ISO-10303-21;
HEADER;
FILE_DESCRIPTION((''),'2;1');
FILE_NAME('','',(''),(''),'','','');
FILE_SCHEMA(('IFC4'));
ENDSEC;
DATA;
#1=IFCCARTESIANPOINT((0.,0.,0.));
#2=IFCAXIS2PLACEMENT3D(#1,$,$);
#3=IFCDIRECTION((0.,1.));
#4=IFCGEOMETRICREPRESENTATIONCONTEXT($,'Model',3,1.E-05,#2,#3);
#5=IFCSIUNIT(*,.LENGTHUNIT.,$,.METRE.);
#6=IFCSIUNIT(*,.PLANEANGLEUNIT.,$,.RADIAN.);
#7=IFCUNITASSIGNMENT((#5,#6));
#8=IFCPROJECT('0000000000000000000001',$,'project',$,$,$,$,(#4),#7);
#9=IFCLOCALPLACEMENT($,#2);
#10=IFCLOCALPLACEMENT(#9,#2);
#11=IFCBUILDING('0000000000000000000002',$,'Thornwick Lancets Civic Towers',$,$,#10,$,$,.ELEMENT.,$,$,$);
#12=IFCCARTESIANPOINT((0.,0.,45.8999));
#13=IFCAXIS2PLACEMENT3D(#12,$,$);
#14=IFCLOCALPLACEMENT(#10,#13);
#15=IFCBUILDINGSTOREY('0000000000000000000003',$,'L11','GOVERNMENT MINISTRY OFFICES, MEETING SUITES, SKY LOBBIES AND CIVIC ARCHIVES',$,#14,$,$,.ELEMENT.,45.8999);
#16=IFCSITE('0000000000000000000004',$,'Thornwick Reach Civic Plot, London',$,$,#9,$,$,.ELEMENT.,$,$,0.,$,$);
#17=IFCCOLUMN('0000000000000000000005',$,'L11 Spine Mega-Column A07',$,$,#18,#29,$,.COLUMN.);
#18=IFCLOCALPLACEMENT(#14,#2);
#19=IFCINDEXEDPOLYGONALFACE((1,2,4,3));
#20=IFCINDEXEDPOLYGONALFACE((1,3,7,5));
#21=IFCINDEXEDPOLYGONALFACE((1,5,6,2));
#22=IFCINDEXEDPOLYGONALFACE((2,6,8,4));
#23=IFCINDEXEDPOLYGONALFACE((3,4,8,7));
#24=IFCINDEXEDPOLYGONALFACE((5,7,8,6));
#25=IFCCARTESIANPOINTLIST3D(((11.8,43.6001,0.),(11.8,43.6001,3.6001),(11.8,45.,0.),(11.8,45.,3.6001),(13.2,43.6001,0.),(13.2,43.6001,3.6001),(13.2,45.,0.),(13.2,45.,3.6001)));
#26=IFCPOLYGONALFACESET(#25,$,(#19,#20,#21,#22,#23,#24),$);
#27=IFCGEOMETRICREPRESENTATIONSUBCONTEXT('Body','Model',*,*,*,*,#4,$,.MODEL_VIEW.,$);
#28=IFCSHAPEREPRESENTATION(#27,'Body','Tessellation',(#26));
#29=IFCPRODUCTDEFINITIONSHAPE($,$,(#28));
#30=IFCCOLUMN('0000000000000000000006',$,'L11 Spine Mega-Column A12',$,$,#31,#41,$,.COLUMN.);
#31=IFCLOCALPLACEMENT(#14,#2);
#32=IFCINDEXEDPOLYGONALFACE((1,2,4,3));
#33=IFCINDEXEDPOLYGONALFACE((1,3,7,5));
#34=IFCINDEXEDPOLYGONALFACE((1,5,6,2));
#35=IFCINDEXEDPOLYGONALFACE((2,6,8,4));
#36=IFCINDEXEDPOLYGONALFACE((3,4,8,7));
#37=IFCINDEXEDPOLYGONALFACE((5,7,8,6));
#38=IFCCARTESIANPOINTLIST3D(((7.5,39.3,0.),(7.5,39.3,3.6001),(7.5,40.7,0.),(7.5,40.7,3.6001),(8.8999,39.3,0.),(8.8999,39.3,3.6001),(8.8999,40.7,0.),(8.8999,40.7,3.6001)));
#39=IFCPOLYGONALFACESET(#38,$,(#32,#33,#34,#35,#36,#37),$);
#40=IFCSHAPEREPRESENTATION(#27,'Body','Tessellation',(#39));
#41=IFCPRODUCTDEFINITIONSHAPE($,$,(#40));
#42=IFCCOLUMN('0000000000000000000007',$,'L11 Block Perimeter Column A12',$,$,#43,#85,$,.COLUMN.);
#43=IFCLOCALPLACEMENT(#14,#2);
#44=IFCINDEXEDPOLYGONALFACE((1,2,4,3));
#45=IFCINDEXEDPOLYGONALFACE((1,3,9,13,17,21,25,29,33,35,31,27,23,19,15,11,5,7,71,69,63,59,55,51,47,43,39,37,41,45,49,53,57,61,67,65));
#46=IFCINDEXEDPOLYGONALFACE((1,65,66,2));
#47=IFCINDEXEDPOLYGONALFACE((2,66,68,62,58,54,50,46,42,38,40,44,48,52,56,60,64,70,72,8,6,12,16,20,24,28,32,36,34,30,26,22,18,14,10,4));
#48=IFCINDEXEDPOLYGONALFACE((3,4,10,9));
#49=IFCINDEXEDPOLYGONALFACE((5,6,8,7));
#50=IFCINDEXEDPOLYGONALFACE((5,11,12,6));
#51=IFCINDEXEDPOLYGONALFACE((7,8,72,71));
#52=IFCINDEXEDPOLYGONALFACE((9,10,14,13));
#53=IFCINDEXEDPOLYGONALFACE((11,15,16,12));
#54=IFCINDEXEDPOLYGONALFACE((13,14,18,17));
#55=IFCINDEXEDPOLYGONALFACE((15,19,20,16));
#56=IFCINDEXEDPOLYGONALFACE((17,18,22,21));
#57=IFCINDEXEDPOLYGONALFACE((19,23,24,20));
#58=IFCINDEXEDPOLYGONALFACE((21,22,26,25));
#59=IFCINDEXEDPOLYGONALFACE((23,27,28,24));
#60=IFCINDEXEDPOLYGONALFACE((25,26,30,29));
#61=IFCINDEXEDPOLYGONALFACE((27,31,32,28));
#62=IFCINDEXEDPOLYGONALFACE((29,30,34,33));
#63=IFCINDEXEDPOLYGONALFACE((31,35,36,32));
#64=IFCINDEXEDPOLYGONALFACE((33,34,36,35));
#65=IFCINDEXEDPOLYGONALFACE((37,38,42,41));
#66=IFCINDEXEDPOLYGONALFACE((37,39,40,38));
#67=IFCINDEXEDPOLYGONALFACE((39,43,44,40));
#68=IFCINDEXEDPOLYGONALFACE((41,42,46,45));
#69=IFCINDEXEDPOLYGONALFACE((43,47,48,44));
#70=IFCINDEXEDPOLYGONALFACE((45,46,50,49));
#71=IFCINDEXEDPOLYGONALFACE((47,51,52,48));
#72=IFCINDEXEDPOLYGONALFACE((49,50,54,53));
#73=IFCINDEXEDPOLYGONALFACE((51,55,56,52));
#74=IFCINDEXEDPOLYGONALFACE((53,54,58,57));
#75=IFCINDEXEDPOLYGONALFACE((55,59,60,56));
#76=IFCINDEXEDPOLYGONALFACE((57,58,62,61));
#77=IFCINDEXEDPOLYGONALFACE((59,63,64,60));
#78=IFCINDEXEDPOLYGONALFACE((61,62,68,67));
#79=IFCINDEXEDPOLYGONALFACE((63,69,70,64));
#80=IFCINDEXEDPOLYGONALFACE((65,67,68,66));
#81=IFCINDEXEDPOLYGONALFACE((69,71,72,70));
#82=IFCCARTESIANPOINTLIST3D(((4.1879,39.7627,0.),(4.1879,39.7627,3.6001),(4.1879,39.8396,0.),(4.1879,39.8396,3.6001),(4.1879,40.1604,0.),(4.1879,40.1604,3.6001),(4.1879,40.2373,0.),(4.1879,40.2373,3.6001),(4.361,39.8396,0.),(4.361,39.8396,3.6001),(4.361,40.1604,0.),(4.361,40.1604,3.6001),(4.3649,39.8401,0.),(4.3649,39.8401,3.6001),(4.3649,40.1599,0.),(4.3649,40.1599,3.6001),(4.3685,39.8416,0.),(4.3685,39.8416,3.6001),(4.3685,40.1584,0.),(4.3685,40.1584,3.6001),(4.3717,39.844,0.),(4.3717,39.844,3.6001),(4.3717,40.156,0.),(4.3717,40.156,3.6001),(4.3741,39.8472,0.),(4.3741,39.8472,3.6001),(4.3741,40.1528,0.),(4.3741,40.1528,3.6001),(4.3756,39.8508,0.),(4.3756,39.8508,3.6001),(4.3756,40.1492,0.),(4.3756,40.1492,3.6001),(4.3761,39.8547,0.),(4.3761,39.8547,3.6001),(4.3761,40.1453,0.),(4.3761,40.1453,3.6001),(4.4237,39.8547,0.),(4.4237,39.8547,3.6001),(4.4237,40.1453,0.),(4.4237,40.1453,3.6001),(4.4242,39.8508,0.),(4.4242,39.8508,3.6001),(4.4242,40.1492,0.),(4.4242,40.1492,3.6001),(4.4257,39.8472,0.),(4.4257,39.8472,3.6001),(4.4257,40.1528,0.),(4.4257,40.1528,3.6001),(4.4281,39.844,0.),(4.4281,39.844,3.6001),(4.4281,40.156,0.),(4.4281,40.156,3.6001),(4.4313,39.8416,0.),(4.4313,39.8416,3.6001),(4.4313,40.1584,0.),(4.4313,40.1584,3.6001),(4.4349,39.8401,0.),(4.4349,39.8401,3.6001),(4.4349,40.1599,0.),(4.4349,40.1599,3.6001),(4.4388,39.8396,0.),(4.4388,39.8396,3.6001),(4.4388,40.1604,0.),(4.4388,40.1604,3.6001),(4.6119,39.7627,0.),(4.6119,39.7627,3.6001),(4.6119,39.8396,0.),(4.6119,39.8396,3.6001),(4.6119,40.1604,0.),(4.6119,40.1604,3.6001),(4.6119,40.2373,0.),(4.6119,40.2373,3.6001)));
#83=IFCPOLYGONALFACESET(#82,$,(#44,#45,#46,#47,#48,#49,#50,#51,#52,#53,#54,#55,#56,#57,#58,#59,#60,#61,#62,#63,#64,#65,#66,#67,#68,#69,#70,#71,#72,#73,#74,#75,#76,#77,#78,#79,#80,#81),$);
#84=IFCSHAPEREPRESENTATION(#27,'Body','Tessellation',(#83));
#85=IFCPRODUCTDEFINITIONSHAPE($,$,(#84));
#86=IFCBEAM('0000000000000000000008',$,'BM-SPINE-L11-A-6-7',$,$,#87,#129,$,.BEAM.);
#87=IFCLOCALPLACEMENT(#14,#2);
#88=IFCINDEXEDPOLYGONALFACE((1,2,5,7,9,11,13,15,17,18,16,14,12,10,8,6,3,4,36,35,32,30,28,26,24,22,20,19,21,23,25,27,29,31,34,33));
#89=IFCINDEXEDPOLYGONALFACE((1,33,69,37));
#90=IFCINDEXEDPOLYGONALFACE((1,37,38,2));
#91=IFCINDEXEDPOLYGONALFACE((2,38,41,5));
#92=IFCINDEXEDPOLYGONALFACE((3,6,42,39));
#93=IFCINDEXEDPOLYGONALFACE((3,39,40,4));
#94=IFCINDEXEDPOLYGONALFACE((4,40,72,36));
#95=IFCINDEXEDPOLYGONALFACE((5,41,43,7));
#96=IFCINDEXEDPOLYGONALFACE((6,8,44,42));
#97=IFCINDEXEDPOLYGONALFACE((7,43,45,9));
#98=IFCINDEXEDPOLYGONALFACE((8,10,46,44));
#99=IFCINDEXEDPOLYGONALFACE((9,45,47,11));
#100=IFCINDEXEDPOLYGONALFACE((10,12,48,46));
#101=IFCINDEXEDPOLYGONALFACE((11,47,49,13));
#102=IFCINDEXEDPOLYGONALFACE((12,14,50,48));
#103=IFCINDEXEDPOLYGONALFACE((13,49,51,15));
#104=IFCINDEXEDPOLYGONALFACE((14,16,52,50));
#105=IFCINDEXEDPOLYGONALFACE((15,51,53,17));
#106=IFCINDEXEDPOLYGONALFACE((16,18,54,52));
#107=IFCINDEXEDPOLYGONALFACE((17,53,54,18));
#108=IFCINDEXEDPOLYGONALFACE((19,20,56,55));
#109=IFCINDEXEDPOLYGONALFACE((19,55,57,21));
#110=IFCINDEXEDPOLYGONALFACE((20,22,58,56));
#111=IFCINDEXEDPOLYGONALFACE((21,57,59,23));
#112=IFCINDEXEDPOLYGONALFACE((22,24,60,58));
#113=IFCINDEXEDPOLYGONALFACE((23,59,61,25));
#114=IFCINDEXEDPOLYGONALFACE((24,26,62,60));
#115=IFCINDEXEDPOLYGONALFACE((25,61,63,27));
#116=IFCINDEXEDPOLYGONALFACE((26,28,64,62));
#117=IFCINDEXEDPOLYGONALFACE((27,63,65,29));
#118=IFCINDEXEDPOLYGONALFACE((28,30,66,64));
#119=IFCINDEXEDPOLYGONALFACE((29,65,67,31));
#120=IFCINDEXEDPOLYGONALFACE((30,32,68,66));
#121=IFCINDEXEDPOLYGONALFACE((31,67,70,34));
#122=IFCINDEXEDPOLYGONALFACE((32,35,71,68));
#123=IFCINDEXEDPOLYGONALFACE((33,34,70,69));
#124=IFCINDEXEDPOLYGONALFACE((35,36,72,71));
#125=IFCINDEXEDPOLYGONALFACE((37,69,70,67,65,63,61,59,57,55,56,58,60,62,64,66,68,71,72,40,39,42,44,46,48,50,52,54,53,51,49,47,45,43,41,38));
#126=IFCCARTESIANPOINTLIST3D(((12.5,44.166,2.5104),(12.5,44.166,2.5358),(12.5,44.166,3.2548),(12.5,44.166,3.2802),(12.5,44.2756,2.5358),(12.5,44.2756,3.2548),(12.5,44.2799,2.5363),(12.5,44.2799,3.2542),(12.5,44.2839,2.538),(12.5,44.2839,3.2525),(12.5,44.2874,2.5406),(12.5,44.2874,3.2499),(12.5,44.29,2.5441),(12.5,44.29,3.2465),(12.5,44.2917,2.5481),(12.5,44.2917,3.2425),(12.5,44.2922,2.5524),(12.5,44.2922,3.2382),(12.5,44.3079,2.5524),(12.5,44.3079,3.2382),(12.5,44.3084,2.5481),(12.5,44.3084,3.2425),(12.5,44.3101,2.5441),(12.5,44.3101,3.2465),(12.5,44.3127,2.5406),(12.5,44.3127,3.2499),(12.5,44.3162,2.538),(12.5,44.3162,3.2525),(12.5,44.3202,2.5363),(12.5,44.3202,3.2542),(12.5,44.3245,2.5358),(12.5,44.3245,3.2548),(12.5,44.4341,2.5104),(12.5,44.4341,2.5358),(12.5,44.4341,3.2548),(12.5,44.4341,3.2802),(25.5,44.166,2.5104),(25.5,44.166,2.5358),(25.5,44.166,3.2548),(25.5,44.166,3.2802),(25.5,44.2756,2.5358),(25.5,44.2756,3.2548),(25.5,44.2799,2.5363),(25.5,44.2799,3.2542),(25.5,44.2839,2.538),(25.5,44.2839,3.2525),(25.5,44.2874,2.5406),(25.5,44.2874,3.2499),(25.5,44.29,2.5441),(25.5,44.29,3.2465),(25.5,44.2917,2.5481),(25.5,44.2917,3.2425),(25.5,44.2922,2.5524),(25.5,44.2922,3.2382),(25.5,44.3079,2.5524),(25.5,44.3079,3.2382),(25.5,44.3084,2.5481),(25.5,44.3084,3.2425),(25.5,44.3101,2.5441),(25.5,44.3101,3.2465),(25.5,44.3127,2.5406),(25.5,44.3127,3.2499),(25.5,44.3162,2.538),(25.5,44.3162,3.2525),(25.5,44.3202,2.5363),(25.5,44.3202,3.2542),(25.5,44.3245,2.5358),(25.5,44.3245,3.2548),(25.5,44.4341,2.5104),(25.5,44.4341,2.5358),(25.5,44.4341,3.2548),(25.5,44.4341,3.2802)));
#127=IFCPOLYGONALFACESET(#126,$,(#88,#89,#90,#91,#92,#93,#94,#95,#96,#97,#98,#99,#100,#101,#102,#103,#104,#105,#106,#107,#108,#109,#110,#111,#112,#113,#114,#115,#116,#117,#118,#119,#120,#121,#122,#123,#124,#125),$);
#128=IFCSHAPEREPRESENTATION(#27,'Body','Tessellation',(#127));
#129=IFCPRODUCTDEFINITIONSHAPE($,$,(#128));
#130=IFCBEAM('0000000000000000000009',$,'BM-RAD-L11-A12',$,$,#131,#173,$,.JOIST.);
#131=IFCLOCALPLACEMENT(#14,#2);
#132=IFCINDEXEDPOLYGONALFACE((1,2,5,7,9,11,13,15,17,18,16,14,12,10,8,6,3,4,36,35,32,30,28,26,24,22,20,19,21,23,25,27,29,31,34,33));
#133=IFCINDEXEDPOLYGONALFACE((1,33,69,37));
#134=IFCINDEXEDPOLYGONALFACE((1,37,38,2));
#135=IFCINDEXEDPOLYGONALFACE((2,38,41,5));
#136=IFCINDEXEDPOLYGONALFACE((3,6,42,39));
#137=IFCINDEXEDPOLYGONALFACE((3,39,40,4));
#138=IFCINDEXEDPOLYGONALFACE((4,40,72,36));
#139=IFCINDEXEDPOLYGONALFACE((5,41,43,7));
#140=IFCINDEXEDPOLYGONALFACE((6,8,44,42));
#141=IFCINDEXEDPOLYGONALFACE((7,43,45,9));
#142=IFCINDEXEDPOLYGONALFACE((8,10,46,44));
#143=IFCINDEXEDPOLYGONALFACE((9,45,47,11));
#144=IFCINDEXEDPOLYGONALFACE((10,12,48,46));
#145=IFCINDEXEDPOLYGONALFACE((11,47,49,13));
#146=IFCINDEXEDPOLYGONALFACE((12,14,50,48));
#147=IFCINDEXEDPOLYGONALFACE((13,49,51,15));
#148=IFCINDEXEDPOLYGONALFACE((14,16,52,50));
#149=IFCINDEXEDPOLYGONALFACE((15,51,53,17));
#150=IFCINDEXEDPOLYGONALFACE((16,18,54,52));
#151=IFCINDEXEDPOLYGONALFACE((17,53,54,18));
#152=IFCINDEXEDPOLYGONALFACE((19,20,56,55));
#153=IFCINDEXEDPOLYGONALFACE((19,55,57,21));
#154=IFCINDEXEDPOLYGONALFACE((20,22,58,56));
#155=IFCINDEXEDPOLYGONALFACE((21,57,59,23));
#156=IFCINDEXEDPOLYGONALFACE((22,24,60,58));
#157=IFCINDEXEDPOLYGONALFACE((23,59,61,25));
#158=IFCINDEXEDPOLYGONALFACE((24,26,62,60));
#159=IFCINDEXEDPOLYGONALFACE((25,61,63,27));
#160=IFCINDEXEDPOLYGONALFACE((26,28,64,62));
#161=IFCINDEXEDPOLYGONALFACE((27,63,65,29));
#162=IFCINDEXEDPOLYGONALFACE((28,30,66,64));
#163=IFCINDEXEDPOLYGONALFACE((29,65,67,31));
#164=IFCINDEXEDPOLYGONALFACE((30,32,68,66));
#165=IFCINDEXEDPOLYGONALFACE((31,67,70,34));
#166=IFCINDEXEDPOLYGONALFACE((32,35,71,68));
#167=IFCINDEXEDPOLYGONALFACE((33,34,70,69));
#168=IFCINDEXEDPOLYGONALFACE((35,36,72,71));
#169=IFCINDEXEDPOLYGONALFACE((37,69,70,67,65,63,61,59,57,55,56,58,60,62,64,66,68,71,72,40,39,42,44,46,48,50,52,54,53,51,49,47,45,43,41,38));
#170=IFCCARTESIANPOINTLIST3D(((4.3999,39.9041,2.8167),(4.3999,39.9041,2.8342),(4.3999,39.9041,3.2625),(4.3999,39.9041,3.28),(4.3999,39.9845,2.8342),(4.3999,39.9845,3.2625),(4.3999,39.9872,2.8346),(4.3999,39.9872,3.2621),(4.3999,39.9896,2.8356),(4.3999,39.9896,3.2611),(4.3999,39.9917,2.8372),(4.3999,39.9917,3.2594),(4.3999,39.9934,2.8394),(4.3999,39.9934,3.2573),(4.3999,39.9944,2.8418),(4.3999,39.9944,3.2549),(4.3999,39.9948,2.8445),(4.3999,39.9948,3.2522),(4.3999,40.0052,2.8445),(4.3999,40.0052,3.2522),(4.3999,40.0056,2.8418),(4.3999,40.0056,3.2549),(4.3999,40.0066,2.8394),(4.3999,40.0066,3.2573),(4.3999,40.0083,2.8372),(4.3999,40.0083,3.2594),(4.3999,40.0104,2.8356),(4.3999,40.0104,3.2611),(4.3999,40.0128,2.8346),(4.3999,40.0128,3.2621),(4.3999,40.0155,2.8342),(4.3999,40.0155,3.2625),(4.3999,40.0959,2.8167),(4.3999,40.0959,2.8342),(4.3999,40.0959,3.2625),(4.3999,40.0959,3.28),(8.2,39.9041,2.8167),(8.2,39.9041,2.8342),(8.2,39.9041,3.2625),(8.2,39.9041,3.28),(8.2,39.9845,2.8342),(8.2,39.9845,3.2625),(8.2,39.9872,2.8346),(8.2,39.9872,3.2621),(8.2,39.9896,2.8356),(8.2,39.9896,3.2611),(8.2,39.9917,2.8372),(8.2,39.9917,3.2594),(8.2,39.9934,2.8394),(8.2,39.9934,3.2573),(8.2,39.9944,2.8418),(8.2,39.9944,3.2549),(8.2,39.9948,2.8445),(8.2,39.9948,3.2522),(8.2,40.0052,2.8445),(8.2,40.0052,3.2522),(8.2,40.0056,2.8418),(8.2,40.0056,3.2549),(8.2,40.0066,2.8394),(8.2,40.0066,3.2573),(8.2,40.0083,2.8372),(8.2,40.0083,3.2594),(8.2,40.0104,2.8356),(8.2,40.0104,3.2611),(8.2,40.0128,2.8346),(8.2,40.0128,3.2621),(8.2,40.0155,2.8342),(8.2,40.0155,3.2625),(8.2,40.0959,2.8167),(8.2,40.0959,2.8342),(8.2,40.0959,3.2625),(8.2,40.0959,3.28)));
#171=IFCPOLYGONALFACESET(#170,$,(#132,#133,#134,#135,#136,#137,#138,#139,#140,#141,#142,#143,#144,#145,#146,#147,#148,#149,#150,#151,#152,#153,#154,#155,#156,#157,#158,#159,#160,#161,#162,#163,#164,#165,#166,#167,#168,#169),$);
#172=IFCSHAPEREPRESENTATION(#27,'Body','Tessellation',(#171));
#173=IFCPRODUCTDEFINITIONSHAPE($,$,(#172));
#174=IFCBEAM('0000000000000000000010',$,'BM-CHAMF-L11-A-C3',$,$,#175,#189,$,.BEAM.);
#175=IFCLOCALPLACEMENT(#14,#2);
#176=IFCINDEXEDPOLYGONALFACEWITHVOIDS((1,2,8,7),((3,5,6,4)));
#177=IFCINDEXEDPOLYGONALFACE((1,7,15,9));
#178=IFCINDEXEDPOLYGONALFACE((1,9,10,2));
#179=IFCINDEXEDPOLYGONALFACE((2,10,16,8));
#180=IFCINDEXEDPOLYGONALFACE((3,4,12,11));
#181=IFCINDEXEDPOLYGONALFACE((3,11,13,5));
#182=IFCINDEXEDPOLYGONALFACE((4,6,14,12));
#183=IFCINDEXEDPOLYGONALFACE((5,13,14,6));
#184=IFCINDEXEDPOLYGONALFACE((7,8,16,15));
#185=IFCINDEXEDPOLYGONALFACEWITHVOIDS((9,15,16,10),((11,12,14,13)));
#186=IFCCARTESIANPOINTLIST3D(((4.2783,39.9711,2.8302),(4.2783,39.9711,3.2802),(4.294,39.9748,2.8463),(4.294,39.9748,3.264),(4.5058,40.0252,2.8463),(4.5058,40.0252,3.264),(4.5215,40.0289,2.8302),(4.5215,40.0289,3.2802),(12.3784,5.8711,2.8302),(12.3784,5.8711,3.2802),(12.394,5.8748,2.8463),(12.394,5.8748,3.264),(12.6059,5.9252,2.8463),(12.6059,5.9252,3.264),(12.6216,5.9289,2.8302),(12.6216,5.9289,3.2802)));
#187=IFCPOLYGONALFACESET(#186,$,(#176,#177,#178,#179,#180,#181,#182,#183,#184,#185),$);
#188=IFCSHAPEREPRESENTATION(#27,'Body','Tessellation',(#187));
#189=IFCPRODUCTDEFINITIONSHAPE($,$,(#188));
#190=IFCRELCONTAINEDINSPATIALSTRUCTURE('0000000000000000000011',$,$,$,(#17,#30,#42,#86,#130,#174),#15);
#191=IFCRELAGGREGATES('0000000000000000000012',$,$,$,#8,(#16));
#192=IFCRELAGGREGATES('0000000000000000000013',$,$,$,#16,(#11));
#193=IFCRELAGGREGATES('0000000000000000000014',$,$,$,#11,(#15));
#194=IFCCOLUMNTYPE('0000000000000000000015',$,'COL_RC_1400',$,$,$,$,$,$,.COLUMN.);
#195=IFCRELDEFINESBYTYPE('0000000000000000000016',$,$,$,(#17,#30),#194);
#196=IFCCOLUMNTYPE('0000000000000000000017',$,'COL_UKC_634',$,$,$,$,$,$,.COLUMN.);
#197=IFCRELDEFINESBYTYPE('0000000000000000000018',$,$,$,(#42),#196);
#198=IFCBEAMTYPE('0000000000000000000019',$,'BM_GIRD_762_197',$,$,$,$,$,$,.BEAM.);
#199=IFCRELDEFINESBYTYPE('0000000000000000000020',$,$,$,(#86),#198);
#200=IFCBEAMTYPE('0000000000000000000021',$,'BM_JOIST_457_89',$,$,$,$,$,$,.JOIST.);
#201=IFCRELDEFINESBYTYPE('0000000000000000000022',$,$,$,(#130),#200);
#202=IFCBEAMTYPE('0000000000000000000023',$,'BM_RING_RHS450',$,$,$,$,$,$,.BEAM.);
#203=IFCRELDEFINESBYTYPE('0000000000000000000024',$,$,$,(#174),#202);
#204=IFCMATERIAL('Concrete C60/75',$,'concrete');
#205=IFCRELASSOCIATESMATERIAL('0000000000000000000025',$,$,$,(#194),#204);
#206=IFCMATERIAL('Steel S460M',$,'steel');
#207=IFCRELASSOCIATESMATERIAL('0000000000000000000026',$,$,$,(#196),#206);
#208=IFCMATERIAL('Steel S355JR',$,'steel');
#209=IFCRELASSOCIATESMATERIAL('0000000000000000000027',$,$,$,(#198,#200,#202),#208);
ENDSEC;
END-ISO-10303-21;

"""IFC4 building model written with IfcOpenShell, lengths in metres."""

from ifc_helpers import new_model, si_unit, direction, frame, origin, origin_2d, place, context, subcontext, project, spatial, rectangle, hollow_rectangle, i_section, extrude, material, material_profile, profile_set, type_object, element, save


model = new_model("IFC4")

# Units and contexts
model_context = context("Model", 3, precision=1e-05, world=origin(), true_north=direction((0.0, 1.0)))
body_context = subcontext(model_context, "Body", "Model", "MODEL_VIEW")
ifc_project = project(units=[si_unit("LENGTHUNIT", "METRE"), si_unit("PLANEANGLEUNIT", "RADIAN")], contexts=[model_context])

# Site, building, storey
site_placement = place(None, origin())
site = spatial("IfcSite", under=ifc_project, at=site_placement, Name="Thornwick Reach Civic Plot, London", CompositionType="ELEMENT", RefElevation=0.0)
building_placement = place(site_placement, origin())
building = spatial("IfcBuilding", under=site, at=building_placement, Name="Thornwick Lancets Civic Towers", CompositionType="ELEMENT")
storey_placement = place(building_placement, frame((0.0, 0.0, 45.8999)))
storey = spatial("IfcBuildingStorey", under=building, at=storey_placement, Name="L11", Description="GOVERNMENT MINISTRY OFFICES, MEETING SUITES, SKY LOBBIES AND CIVIC ARCHIVES", CompositionType="ELEMENT", Elevation=45.8999)

# Columns
ifc_material_1 = material(Name="Concrete C60/75", Category="concrete")
ifc_material_profile_1 = material_profile(ifc_material_1, rectangle(XDim=1.3999, YDim=1.3999, at=origin_2d()), Name="RC 1400x1400")
ifc_profile_set_1 = profile_set([ifc_material_profile_1], Name="Concrete C60/75")
column_type_1 = type_object("IfcColumnType", Name="COL_RC_1400", PredefinedType="COLUMN", material=ifc_profile_set_1)
for number, where, z_axis, x_axis, name in (
    (1, (12.5, 44.3, 0.0), (0.0, 0.0, 1.0), (1.0, 0.0, 0.0), "L11 Spine Mega-Column A07"),
    (2, (8.2, 40.0, 0.0), (0.0, 0.0, 1.0), (1.0, 0.0, 0.0), "L11 Spine Mega-Column A12"),
):
    element("IfcColumn", number, at=place(storey_placement, frame(where, z_axis=z_axis, x_axis=x_axis)), inside=storey, type_object=column_type_1, Name=name, PredefinedType="COLUMN", context=body_context, shape_type="SweptSolid", body=[
        extrude(rectangle(XDim=1.3999, YDim=1.3999, at=origin_2d()), origin(), (0.0, 0.0, 1.0), 3.6001),
    ])
ifc_material_2 = material(Name="Steel S460M", Category="steel")
ifc_material_profile_2 = material_profile(ifc_material_2, i_section(OverallWidth=0.4241, OverallDepth=0.4746, WebThickness=0.0476, FlangeThickness=0.0769, FilletRadius=0.0151, at=origin_2d()), Name="UKC 356x406x634")
ifc_profile_set_2 = profile_set([ifc_material_profile_2], Name="Steel S460M")
column_type_2 = type_object("IfcColumnType", Name="COL_UKC_634", PredefinedType="COLUMN", material=ifc_profile_set_2)
column_placement = place(storey_placement, frame((4.3999, 40.0, 0.0), z_axis=(0.0, 0.0, 1.0), x_axis=(1.0, 0.0, 0.0)))
element("IfcColumn", 3, at=column_placement, inside=storey, type_object=column_type_2, Name="L11 Block Perimeter Column A12", PredefinedType="COLUMN", context=body_context, shape_type="SweptSolid", body=[
    extrude(i_section(OverallWidth=0.4241, OverallDepth=0.4746, WebThickness=0.0476, FlangeThickness=0.0769, FilletRadius=0.0151, at=origin_2d()), origin(), (0.0, 0.0, 1.0), 3.6001),
])

# Beams
ifc_material_3 = material(Name="Steel S355JR", Category="steel")
ifc_material_profile_3 = material_profile(ifc_material_3, i_section(OverallWidth=0.2681, OverallDepth=0.7698, WebThickness=0.0156, FlangeThickness=0.0254, FilletRadius=0.0166, at=origin_2d()), Name="UKB 762x267x197")
ifc_profile_set_3 = profile_set([ifc_material_profile_3], Name="Steel S355JR")
beam_type_1 = type_object("IfcBeamType", Name="BM_GIRD_762_197", PredefinedType="BEAM", material=ifc_profile_set_3)
beam_1_placement = place(storey_placement, frame((12.5, 44.3, 2.8953), z_axis=(1.0, 0.0, 0.0), x_axis=(0.0, 1.0, 0.0)))
element("IfcBeam", 4, at=beam_1_placement, inside=storey, type_object=beam_type_1, Name="BM-SPINE-L11-A-6-7", PredefinedType="BEAM", context=body_context, shape_type="SweptSolid", body=[
    extrude(i_section(OverallWidth=0.2681, OverallDepth=0.7698, WebThickness=0.0156, FlangeThickness=0.0254, FilletRadius=0.0166, at=origin_2d()), origin(), (0.0, 0.0, 1.0), 13.0),
])
ifc_material_profile_4 = material_profile(ifc_material_3, i_section(OverallWidth=0.1919, OverallDepth=0.4634, WebThickness=0.0105, FlangeThickness=0.0176, FilletRadius=0.0103, at=origin_2d()), Name="UKB 457x191x89")
ifc_profile_set_4 = profile_set([ifc_material_profile_4], Name="Steel S355JR")
beam_type_2 = type_object("IfcBeamType", Name="BM_JOIST_457_89", PredefinedType="JOIST", material=ifc_profile_set_4)
beam_2_placement = place(storey_placement, frame((8.2, 40.0, 3.0483), z_axis=(-1.0, 0.0, 0.0), x_axis=(0.0, -1.0, 0.0)))
element("IfcBeam", 5, at=beam_2_placement, inside=storey, type_object=beam_type_2, Name="BM-RAD-L11-A12", PredefinedType="JOIST", context=body_context, shape_type="SweptSolid", body=[
    extrude(i_section(OverallWidth=0.1919, OverallDepth=0.4634, WebThickness=0.0105, FlangeThickness=0.0176, FilletRadius=0.0103, at=origin_2d()), origin(), (0.0, 0.0, 1.0), 3.8),
])
ifc_material_profile_5 = material_profile(ifc_material_3, hollow_rectangle(XDim=0.25, YDim=0.45, WallThickness=0.0161, at=origin_2d()), Name="RHS 450x250x16")
ifc_profile_set_5 = profile_set([ifc_material_profile_5], Name="Steel S355JR")
beam_type_3 = type_object("IfcBeamType", Name="BM_RING_RHS450", PredefinedType="BEAM", material=ifc_profile_set_5)
beam_3_placement = place(storey_placement, frame((4.3999, 40.0, 3.0552), z_axis=(0.231108, -0.972928, 0.0), x_axis=(0.972928, 0.231108, 0.0)))
element("IfcBeam", 6, at=beam_3_placement, inside=storey, type_object=beam_type_3, Name="BM-CHAMF-L11-A-C3", PredefinedType="BEAM", context=body_context, shape_type="SweptSolid", body=[
    extrude(hollow_rectangle(XDim=0.25, YDim=0.45, WallThickness=0.0161, at=origin_2d()), origin(), (0.0, 0.0, 1.0), 35.0488),
])

save(model, "model.ifc")
